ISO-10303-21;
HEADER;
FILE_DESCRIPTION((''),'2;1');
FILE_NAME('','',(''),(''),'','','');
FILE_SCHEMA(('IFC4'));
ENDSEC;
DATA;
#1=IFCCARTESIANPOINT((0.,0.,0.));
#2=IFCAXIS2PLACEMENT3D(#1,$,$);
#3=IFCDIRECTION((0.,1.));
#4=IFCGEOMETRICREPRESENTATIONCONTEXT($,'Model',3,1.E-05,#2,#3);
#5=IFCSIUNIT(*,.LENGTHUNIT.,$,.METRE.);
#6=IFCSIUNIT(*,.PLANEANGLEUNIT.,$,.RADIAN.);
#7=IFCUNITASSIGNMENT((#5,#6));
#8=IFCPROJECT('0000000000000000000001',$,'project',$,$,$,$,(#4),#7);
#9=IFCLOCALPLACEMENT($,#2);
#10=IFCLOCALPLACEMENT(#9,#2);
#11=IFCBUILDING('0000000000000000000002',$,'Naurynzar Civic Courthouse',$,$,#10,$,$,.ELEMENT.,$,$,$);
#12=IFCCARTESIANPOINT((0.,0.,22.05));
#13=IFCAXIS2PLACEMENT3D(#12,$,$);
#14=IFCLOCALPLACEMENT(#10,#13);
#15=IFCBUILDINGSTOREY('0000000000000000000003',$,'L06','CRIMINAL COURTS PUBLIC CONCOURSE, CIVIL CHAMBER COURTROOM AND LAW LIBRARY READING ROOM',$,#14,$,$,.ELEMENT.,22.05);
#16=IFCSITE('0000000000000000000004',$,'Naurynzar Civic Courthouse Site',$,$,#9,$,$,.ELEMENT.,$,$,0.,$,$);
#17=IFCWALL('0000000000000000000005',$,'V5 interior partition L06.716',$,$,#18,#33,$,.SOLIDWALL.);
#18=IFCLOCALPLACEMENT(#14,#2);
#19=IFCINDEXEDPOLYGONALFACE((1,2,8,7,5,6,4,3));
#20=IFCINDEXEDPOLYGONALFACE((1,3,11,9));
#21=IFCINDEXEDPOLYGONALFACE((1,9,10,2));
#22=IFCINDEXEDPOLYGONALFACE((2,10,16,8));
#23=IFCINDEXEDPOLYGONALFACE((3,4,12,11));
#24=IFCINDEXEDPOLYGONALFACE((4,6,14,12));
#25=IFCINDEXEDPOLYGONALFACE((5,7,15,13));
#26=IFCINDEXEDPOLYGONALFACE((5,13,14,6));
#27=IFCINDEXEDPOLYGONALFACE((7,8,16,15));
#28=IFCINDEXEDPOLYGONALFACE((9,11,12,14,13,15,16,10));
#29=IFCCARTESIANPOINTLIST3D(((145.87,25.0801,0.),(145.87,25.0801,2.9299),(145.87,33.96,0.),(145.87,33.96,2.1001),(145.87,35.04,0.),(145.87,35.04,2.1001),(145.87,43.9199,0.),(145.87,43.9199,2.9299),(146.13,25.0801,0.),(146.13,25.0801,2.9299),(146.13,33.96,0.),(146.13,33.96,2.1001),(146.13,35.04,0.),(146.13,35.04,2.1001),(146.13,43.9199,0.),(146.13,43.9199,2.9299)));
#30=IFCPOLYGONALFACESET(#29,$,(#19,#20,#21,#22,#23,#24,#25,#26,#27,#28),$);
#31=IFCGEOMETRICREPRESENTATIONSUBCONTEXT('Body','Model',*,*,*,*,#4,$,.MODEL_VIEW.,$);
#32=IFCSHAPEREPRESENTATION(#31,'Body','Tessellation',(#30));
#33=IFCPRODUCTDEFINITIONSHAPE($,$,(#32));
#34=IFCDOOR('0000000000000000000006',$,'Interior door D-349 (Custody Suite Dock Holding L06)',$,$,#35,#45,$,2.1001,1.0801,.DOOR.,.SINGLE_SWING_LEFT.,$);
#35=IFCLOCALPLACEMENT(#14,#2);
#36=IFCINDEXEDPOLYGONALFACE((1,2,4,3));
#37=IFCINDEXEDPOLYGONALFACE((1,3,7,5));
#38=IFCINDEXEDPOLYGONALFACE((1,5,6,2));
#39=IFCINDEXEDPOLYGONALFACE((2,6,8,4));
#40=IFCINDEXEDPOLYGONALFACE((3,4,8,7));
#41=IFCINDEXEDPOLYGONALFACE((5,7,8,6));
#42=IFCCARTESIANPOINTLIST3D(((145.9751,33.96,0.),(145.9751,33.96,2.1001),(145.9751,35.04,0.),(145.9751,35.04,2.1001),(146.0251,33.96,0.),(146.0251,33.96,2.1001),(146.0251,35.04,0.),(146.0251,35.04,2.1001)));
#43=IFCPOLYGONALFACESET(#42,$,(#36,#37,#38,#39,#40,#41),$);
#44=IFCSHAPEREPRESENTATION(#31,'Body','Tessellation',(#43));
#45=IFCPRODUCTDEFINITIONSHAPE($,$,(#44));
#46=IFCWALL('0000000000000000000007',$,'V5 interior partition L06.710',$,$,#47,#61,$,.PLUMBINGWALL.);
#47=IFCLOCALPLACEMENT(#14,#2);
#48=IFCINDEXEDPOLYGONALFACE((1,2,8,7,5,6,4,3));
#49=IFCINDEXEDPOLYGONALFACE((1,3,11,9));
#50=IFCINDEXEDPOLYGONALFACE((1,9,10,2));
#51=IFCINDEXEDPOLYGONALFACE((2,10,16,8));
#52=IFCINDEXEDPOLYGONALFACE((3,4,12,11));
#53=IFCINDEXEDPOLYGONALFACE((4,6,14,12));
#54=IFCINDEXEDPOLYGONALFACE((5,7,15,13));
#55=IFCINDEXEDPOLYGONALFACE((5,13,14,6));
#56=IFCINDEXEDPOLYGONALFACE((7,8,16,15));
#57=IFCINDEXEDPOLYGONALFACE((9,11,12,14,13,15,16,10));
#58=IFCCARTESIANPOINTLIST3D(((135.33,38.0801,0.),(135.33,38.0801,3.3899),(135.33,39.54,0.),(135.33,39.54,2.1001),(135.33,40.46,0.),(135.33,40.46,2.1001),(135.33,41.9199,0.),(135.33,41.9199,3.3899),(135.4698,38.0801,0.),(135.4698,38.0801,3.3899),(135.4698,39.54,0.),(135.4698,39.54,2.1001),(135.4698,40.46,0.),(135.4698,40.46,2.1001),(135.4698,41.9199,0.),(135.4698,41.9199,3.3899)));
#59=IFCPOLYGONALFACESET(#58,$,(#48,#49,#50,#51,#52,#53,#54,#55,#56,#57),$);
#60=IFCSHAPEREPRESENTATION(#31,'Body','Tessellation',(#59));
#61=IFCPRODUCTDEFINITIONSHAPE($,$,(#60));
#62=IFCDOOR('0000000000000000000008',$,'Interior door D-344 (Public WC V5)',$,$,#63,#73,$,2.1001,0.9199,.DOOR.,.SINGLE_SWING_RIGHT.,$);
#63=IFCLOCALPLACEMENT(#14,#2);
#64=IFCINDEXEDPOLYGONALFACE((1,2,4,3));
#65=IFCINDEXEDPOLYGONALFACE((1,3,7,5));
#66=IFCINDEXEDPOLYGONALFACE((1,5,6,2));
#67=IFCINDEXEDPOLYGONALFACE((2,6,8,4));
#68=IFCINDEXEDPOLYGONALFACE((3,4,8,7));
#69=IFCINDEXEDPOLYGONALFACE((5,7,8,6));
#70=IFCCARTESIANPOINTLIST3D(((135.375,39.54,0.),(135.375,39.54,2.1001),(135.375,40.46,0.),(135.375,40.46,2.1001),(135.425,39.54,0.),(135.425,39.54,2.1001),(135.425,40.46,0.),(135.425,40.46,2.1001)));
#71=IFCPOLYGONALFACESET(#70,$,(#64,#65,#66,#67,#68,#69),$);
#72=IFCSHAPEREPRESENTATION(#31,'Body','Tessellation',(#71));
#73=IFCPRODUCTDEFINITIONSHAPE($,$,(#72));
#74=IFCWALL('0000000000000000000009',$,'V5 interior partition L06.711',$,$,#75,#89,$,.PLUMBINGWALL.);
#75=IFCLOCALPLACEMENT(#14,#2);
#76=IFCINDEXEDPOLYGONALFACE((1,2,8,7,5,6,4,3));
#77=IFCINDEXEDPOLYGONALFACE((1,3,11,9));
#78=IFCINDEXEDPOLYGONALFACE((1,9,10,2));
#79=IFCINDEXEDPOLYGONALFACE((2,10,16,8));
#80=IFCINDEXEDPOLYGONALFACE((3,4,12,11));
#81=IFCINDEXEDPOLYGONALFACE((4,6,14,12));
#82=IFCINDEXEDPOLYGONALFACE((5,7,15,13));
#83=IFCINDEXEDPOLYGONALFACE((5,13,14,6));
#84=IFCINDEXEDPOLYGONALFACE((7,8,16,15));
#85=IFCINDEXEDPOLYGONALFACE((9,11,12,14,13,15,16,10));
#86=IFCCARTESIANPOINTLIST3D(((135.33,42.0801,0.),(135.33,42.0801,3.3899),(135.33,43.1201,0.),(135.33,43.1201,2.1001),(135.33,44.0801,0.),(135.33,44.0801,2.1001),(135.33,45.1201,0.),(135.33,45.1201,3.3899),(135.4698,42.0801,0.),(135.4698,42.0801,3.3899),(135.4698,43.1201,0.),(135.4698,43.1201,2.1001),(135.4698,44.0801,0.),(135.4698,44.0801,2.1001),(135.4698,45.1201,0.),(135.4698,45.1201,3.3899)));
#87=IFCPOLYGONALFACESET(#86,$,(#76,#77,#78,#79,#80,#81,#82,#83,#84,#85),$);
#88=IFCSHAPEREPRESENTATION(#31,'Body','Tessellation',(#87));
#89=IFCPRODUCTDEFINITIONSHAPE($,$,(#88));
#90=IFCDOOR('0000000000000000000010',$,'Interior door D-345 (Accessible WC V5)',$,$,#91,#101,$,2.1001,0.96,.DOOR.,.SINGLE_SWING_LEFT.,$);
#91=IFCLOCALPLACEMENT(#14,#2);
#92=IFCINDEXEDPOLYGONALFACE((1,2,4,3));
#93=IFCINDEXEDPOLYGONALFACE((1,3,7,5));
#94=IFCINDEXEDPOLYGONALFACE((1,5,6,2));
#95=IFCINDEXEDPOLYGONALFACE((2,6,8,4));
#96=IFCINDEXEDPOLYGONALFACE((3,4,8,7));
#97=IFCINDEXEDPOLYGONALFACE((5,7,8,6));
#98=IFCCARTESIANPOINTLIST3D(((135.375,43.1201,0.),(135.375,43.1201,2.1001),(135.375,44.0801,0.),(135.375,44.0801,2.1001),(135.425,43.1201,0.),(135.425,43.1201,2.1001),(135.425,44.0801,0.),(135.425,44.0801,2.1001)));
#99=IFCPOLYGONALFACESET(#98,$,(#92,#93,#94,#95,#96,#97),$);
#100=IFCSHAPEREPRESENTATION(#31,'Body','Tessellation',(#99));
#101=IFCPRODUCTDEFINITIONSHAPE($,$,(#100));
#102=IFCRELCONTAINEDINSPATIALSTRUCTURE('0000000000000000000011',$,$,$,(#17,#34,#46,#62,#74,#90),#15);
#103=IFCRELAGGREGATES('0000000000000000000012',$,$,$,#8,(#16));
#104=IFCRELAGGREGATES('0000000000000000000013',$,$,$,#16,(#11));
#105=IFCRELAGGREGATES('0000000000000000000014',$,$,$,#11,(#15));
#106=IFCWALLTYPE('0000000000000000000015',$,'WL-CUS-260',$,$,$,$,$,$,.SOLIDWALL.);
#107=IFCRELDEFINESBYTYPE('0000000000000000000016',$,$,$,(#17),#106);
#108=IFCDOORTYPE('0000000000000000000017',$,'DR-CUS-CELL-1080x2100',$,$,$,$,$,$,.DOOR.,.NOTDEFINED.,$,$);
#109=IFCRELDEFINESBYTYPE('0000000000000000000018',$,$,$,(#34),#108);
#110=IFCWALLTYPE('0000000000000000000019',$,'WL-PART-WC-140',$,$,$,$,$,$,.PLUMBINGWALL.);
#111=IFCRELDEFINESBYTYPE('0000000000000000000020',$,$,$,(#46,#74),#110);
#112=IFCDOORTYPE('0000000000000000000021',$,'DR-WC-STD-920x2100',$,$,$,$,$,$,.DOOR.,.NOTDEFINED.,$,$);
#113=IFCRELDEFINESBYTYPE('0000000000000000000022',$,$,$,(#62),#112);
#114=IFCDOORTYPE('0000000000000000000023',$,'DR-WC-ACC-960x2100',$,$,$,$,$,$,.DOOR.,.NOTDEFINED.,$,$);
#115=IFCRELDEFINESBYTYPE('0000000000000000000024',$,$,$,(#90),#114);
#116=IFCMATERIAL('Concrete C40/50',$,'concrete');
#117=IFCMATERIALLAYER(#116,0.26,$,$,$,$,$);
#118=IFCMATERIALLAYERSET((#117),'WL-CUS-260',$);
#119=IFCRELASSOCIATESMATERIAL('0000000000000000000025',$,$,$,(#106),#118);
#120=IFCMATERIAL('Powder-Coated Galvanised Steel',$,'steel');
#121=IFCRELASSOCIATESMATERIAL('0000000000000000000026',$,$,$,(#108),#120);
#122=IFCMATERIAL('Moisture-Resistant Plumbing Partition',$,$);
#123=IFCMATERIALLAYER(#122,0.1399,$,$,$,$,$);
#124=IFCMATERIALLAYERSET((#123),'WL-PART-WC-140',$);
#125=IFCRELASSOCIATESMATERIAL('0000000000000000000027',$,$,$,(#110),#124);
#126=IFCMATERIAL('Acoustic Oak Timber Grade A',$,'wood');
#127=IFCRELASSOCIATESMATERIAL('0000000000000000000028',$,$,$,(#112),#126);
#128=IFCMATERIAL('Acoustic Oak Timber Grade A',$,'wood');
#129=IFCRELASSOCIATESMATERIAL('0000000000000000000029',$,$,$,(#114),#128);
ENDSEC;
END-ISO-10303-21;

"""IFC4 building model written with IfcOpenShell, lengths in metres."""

from ifc_helpers import new_model, si_unit, direction, frame, frame_2d, origin, place, context, subcontext, project, spatial, rectangle, extrude, material, layer, layer_set, type_object, element, fill, save


model = new_model("IFC4")

# Units and contexts
model_context = context("Model", 3, precision=1e-05, world=origin(), true_north=direction((0.0, 1.0)))
body_context = subcontext(model_context, "Body", "Model", "MODEL_VIEW")
ifc_project = project(units=[si_unit("LENGTHUNIT", "METRE"), si_unit("PLANEANGLEUNIT", "RADIAN")], contexts=[model_context])

# Site, building, storey
site_placement = place(None, origin())
site = spatial("IfcSite", under=ifc_project, at=site_placement, Name="Naurynzar Civic Courthouse Site", CompositionType="ELEMENT", RefElevation=0.0)
building_placement = place(site_placement, origin())
building = spatial("IfcBuilding", under=site, at=building_placement, Name="Naurynzar Civic Courthouse", CompositionType="ELEMENT")
storey_placement = place(building_placement, frame((0.0, 0.0, 22.05)))
storey = spatial("IfcBuildingStorey", under=building, at=storey_placement, Name="L06", Description="CRIMINAL COURTS PUBLIC CONCOURSE, CIVIL CHAMBER COURTROOM AND LAW LIBRARY READING ROOM", CompositionType="ELEMENT", Elevation=22.05)

# Walls, openings, doors
ifc_material_1 = material(Name="Concrete C40/50", Category="concrete")
ifc_layer_1 = layer(ifc_material_1, 0.26)
ifc_layer_set_1 = layer_set([ifc_layer_1], Name="WL-CUS-260")
wall_type_1 = type_object("IfcWallType", Name="WL-CUS-260", PredefinedType="SOLIDWALL", material=ifc_layer_set_1)
wall_1_placement = place(storey_placement, frame((146.0, 25.0801, 0.0), z_axis=(0.0, 0.0, 1.0), x_axis=(0.0, 1.0, 0.0)))
wall_1 = element("IfcWall", 1, at=wall_1_placement, inside=storey, type_object=wall_type_1, Name="V5 interior partition L06.716", PredefinedType="SOLIDWALL", context=body_context, shape_type="SweptSolid", body=[
    extrude(rectangle(XDim=18.8398, YDim=0.26, at=frame_2d((9.4199, 0.0))), origin(), (0.0, 0.0, 1.0), 2.9299),
])
opening_1_placement = place(wall_1_placement, frame((8.8799, 0.0, 0.0)))
opening_1 = element("IfcOpeningElement", 2, at=opening_1_placement, cuts=wall_1, PredefinedType="OPENING", context=body_context, shape_type="SweptSolid", body=[
    extrude(rectangle(XDim=1.0801, YDim=2.1001, at=frame_2d((0.54, 1.05))), frame((0.0, 0.1399, 0.0), z_axis=(0.0, -1.0, 0.0), x_axis=(1.0, 0.0, 0.0)), (0.0, 0.0, 1.0), 0.28),
])
ifc_material_2 = material(Name="Powder-Coated Galvanised Steel", Category="steel")
door_type_1 = type_object("IfcDoorType", Name="DR-CUS-CELL-1080x2100", OperationType="NOTDEFINED", PredefinedType="DOOR", material=ifc_material_2)
door_1_placement = place(opening_1_placement, origin())
door_1 = element("IfcDoor", 3, at=door_1_placement, inside=storey, type_object=door_type_1, Name="Interior door D-349 (Custody Suite Dock Holding L06)", OperationType="SINGLE_SWING_LEFT", OverallHeight=2.1001, OverallWidth=1.0801, PredefinedType="DOOR", context=body_context, shape_type="SweptSolid", body=[
    extrude(rectangle(XDim=1.0801, YDim=2.1001, at=frame_2d((0.54, 1.05))), frame((0.0, 0.0249, 0.0), z_axis=(0.0, -1.0, 0.0), x_axis=(1.0, 0.0, 0.0)), (0.0, 0.0, 1.0), 0.05),
])
fill(opening_1, door_1)
ifc_material_3 = material(Name="Moisture-Resistant Plumbing Partition")
ifc_layer_2 = layer(ifc_material_3, 0.1399)
ifc_layer_set_2 = layer_set([ifc_layer_2], Name="WL-PART-WC-140")
wall_type_2 = type_object("IfcWallType", Name="WL-PART-WC-140", PredefinedType="PLUMBINGWALL", material=ifc_layer_set_2)
wall_2_placement = place(storey_placement, frame((135.3999, 38.0801, 0.0), z_axis=(0.0, 0.0, 1.0), x_axis=(0.0, 1.0, 0.0)))
wall_2 = element("IfcWall", 4, at=wall_2_placement, inside=storey, type_object=wall_type_2, Name="V5 interior partition L06.710", PredefinedType="PLUMBINGWALL", context=body_context, shape_type="SweptSolid", body=[
    extrude(rectangle(XDim=3.8398, YDim=0.1399, at=frame_2d((1.9199, 0.0))), origin(), (0.0, 0.0, 1.0), 3.3899),
])
opening_2_placement = place(wall_2_placement, frame((1.46, 0.0, 0.0)))
opening_2 = element("IfcOpeningElement", 5, at=opening_2_placement, cuts=wall_2, PredefinedType="OPENING", context=body_context, shape_type="SweptSolid", body=[
    extrude(rectangle(XDim=0.9199, YDim=2.1001, at=frame_2d((0.46, 1.05))), frame((0.0, 0.0798, 0.0), z_axis=(0.0, -1.0, 0.0), x_axis=(1.0, 0.0, 0.0)), (0.0, 0.0, 1.0), 0.1599),
])
ifc_material_4 = material(Name="Acoustic Oak Timber Grade A", Category="wood")
door_type_2 = type_object("IfcDoorType", Name="DR-WC-STD-920x2100", OperationType="NOTDEFINED", PredefinedType="DOOR", material=ifc_material_4)
door_2_placement = place(opening_2_placement, origin())
door_2 = element("IfcDoor", 6, at=door_2_placement, inside=storey, type_object=door_type_2, Name="Interior door D-344 (Public WC V5)", OperationType="SINGLE_SWING_RIGHT", OverallHeight=2.1001, OverallWidth=0.9199, PredefinedType="DOOR", context=body_context, shape_type="SweptSolid", body=[
    extrude(rectangle(XDim=0.9199, YDim=2.1001, at=frame_2d((0.46, 1.05))), frame((0.0, 0.0249, 0.0), z_axis=(0.0, -1.0, 0.0), x_axis=(1.0, 0.0, 0.0)), (0.0, 0.0, 1.0), 0.05),
])
fill(opening_2, door_2)
wall_3_placement = place(storey_placement, frame((135.3999, 42.0801, 0.0), z_axis=(0.0, 0.0, 1.0), x_axis=(0.0, 1.0, 0.0)))
wall_3 = element("IfcWall", 7, at=wall_3_placement, inside=storey, type_object=wall_type_2, Name="V5 interior partition L06.711", PredefinedType="PLUMBINGWALL", context=body_context, shape_type="SweptSolid", body=[
    extrude(rectangle(XDim=3.04, YDim=0.1399, at=frame_2d((1.52, 0.0))), origin(), (0.0, 0.0, 1.0), 3.3899),
])
opening_3_placement = place(wall_3_placement, frame((1.04, 0.0, 0.0)))
opening_3 = element("IfcOpeningElement", 8, at=opening_3_placement, cuts=wall_3, PredefinedType="OPENING", context=body_context, shape_type="SweptSolid", body=[
    extrude(rectangle(XDim=0.96, YDim=2.1001, at=frame_2d((0.48, 1.05))), frame((0.0, 0.0798, 0.0), z_axis=(0.0, -1.0, 0.0), x_axis=(1.0, 0.0, 0.0)), (0.0, 0.0, 1.0), 0.1599),
])
ifc_material_5 = material(Name="Acoustic Oak Timber Grade A", Category="wood")
door_type_3 = type_object("IfcDoorType", Name="DR-WC-ACC-960x2100", OperationType="NOTDEFINED", PredefinedType="DOOR", material=ifc_material_5)
door_3_placement = place(opening_3_placement, origin())
door_3 = element("IfcDoor", 9, at=door_3_placement, inside=storey, type_object=door_type_3, Name="Interior door D-345 (Accessible WC V5)", OperationType="SINGLE_SWING_LEFT", OverallHeight=2.1001, OverallWidth=0.96, PredefinedType="DOOR", context=body_context, shape_type="SweptSolid", body=[
    extrude(rectangle(XDim=0.96, YDim=2.1001, at=frame_2d((0.48, 1.05))), frame((0.0, 0.0249, 0.0), z_axis=(0.0, -1.0, 0.0), x_axis=(1.0, 0.0, 0.0)), (0.0, 0.0, 1.0), 0.05),
])
fill(opening_3, door_3)

save(model, "model.ifc")
